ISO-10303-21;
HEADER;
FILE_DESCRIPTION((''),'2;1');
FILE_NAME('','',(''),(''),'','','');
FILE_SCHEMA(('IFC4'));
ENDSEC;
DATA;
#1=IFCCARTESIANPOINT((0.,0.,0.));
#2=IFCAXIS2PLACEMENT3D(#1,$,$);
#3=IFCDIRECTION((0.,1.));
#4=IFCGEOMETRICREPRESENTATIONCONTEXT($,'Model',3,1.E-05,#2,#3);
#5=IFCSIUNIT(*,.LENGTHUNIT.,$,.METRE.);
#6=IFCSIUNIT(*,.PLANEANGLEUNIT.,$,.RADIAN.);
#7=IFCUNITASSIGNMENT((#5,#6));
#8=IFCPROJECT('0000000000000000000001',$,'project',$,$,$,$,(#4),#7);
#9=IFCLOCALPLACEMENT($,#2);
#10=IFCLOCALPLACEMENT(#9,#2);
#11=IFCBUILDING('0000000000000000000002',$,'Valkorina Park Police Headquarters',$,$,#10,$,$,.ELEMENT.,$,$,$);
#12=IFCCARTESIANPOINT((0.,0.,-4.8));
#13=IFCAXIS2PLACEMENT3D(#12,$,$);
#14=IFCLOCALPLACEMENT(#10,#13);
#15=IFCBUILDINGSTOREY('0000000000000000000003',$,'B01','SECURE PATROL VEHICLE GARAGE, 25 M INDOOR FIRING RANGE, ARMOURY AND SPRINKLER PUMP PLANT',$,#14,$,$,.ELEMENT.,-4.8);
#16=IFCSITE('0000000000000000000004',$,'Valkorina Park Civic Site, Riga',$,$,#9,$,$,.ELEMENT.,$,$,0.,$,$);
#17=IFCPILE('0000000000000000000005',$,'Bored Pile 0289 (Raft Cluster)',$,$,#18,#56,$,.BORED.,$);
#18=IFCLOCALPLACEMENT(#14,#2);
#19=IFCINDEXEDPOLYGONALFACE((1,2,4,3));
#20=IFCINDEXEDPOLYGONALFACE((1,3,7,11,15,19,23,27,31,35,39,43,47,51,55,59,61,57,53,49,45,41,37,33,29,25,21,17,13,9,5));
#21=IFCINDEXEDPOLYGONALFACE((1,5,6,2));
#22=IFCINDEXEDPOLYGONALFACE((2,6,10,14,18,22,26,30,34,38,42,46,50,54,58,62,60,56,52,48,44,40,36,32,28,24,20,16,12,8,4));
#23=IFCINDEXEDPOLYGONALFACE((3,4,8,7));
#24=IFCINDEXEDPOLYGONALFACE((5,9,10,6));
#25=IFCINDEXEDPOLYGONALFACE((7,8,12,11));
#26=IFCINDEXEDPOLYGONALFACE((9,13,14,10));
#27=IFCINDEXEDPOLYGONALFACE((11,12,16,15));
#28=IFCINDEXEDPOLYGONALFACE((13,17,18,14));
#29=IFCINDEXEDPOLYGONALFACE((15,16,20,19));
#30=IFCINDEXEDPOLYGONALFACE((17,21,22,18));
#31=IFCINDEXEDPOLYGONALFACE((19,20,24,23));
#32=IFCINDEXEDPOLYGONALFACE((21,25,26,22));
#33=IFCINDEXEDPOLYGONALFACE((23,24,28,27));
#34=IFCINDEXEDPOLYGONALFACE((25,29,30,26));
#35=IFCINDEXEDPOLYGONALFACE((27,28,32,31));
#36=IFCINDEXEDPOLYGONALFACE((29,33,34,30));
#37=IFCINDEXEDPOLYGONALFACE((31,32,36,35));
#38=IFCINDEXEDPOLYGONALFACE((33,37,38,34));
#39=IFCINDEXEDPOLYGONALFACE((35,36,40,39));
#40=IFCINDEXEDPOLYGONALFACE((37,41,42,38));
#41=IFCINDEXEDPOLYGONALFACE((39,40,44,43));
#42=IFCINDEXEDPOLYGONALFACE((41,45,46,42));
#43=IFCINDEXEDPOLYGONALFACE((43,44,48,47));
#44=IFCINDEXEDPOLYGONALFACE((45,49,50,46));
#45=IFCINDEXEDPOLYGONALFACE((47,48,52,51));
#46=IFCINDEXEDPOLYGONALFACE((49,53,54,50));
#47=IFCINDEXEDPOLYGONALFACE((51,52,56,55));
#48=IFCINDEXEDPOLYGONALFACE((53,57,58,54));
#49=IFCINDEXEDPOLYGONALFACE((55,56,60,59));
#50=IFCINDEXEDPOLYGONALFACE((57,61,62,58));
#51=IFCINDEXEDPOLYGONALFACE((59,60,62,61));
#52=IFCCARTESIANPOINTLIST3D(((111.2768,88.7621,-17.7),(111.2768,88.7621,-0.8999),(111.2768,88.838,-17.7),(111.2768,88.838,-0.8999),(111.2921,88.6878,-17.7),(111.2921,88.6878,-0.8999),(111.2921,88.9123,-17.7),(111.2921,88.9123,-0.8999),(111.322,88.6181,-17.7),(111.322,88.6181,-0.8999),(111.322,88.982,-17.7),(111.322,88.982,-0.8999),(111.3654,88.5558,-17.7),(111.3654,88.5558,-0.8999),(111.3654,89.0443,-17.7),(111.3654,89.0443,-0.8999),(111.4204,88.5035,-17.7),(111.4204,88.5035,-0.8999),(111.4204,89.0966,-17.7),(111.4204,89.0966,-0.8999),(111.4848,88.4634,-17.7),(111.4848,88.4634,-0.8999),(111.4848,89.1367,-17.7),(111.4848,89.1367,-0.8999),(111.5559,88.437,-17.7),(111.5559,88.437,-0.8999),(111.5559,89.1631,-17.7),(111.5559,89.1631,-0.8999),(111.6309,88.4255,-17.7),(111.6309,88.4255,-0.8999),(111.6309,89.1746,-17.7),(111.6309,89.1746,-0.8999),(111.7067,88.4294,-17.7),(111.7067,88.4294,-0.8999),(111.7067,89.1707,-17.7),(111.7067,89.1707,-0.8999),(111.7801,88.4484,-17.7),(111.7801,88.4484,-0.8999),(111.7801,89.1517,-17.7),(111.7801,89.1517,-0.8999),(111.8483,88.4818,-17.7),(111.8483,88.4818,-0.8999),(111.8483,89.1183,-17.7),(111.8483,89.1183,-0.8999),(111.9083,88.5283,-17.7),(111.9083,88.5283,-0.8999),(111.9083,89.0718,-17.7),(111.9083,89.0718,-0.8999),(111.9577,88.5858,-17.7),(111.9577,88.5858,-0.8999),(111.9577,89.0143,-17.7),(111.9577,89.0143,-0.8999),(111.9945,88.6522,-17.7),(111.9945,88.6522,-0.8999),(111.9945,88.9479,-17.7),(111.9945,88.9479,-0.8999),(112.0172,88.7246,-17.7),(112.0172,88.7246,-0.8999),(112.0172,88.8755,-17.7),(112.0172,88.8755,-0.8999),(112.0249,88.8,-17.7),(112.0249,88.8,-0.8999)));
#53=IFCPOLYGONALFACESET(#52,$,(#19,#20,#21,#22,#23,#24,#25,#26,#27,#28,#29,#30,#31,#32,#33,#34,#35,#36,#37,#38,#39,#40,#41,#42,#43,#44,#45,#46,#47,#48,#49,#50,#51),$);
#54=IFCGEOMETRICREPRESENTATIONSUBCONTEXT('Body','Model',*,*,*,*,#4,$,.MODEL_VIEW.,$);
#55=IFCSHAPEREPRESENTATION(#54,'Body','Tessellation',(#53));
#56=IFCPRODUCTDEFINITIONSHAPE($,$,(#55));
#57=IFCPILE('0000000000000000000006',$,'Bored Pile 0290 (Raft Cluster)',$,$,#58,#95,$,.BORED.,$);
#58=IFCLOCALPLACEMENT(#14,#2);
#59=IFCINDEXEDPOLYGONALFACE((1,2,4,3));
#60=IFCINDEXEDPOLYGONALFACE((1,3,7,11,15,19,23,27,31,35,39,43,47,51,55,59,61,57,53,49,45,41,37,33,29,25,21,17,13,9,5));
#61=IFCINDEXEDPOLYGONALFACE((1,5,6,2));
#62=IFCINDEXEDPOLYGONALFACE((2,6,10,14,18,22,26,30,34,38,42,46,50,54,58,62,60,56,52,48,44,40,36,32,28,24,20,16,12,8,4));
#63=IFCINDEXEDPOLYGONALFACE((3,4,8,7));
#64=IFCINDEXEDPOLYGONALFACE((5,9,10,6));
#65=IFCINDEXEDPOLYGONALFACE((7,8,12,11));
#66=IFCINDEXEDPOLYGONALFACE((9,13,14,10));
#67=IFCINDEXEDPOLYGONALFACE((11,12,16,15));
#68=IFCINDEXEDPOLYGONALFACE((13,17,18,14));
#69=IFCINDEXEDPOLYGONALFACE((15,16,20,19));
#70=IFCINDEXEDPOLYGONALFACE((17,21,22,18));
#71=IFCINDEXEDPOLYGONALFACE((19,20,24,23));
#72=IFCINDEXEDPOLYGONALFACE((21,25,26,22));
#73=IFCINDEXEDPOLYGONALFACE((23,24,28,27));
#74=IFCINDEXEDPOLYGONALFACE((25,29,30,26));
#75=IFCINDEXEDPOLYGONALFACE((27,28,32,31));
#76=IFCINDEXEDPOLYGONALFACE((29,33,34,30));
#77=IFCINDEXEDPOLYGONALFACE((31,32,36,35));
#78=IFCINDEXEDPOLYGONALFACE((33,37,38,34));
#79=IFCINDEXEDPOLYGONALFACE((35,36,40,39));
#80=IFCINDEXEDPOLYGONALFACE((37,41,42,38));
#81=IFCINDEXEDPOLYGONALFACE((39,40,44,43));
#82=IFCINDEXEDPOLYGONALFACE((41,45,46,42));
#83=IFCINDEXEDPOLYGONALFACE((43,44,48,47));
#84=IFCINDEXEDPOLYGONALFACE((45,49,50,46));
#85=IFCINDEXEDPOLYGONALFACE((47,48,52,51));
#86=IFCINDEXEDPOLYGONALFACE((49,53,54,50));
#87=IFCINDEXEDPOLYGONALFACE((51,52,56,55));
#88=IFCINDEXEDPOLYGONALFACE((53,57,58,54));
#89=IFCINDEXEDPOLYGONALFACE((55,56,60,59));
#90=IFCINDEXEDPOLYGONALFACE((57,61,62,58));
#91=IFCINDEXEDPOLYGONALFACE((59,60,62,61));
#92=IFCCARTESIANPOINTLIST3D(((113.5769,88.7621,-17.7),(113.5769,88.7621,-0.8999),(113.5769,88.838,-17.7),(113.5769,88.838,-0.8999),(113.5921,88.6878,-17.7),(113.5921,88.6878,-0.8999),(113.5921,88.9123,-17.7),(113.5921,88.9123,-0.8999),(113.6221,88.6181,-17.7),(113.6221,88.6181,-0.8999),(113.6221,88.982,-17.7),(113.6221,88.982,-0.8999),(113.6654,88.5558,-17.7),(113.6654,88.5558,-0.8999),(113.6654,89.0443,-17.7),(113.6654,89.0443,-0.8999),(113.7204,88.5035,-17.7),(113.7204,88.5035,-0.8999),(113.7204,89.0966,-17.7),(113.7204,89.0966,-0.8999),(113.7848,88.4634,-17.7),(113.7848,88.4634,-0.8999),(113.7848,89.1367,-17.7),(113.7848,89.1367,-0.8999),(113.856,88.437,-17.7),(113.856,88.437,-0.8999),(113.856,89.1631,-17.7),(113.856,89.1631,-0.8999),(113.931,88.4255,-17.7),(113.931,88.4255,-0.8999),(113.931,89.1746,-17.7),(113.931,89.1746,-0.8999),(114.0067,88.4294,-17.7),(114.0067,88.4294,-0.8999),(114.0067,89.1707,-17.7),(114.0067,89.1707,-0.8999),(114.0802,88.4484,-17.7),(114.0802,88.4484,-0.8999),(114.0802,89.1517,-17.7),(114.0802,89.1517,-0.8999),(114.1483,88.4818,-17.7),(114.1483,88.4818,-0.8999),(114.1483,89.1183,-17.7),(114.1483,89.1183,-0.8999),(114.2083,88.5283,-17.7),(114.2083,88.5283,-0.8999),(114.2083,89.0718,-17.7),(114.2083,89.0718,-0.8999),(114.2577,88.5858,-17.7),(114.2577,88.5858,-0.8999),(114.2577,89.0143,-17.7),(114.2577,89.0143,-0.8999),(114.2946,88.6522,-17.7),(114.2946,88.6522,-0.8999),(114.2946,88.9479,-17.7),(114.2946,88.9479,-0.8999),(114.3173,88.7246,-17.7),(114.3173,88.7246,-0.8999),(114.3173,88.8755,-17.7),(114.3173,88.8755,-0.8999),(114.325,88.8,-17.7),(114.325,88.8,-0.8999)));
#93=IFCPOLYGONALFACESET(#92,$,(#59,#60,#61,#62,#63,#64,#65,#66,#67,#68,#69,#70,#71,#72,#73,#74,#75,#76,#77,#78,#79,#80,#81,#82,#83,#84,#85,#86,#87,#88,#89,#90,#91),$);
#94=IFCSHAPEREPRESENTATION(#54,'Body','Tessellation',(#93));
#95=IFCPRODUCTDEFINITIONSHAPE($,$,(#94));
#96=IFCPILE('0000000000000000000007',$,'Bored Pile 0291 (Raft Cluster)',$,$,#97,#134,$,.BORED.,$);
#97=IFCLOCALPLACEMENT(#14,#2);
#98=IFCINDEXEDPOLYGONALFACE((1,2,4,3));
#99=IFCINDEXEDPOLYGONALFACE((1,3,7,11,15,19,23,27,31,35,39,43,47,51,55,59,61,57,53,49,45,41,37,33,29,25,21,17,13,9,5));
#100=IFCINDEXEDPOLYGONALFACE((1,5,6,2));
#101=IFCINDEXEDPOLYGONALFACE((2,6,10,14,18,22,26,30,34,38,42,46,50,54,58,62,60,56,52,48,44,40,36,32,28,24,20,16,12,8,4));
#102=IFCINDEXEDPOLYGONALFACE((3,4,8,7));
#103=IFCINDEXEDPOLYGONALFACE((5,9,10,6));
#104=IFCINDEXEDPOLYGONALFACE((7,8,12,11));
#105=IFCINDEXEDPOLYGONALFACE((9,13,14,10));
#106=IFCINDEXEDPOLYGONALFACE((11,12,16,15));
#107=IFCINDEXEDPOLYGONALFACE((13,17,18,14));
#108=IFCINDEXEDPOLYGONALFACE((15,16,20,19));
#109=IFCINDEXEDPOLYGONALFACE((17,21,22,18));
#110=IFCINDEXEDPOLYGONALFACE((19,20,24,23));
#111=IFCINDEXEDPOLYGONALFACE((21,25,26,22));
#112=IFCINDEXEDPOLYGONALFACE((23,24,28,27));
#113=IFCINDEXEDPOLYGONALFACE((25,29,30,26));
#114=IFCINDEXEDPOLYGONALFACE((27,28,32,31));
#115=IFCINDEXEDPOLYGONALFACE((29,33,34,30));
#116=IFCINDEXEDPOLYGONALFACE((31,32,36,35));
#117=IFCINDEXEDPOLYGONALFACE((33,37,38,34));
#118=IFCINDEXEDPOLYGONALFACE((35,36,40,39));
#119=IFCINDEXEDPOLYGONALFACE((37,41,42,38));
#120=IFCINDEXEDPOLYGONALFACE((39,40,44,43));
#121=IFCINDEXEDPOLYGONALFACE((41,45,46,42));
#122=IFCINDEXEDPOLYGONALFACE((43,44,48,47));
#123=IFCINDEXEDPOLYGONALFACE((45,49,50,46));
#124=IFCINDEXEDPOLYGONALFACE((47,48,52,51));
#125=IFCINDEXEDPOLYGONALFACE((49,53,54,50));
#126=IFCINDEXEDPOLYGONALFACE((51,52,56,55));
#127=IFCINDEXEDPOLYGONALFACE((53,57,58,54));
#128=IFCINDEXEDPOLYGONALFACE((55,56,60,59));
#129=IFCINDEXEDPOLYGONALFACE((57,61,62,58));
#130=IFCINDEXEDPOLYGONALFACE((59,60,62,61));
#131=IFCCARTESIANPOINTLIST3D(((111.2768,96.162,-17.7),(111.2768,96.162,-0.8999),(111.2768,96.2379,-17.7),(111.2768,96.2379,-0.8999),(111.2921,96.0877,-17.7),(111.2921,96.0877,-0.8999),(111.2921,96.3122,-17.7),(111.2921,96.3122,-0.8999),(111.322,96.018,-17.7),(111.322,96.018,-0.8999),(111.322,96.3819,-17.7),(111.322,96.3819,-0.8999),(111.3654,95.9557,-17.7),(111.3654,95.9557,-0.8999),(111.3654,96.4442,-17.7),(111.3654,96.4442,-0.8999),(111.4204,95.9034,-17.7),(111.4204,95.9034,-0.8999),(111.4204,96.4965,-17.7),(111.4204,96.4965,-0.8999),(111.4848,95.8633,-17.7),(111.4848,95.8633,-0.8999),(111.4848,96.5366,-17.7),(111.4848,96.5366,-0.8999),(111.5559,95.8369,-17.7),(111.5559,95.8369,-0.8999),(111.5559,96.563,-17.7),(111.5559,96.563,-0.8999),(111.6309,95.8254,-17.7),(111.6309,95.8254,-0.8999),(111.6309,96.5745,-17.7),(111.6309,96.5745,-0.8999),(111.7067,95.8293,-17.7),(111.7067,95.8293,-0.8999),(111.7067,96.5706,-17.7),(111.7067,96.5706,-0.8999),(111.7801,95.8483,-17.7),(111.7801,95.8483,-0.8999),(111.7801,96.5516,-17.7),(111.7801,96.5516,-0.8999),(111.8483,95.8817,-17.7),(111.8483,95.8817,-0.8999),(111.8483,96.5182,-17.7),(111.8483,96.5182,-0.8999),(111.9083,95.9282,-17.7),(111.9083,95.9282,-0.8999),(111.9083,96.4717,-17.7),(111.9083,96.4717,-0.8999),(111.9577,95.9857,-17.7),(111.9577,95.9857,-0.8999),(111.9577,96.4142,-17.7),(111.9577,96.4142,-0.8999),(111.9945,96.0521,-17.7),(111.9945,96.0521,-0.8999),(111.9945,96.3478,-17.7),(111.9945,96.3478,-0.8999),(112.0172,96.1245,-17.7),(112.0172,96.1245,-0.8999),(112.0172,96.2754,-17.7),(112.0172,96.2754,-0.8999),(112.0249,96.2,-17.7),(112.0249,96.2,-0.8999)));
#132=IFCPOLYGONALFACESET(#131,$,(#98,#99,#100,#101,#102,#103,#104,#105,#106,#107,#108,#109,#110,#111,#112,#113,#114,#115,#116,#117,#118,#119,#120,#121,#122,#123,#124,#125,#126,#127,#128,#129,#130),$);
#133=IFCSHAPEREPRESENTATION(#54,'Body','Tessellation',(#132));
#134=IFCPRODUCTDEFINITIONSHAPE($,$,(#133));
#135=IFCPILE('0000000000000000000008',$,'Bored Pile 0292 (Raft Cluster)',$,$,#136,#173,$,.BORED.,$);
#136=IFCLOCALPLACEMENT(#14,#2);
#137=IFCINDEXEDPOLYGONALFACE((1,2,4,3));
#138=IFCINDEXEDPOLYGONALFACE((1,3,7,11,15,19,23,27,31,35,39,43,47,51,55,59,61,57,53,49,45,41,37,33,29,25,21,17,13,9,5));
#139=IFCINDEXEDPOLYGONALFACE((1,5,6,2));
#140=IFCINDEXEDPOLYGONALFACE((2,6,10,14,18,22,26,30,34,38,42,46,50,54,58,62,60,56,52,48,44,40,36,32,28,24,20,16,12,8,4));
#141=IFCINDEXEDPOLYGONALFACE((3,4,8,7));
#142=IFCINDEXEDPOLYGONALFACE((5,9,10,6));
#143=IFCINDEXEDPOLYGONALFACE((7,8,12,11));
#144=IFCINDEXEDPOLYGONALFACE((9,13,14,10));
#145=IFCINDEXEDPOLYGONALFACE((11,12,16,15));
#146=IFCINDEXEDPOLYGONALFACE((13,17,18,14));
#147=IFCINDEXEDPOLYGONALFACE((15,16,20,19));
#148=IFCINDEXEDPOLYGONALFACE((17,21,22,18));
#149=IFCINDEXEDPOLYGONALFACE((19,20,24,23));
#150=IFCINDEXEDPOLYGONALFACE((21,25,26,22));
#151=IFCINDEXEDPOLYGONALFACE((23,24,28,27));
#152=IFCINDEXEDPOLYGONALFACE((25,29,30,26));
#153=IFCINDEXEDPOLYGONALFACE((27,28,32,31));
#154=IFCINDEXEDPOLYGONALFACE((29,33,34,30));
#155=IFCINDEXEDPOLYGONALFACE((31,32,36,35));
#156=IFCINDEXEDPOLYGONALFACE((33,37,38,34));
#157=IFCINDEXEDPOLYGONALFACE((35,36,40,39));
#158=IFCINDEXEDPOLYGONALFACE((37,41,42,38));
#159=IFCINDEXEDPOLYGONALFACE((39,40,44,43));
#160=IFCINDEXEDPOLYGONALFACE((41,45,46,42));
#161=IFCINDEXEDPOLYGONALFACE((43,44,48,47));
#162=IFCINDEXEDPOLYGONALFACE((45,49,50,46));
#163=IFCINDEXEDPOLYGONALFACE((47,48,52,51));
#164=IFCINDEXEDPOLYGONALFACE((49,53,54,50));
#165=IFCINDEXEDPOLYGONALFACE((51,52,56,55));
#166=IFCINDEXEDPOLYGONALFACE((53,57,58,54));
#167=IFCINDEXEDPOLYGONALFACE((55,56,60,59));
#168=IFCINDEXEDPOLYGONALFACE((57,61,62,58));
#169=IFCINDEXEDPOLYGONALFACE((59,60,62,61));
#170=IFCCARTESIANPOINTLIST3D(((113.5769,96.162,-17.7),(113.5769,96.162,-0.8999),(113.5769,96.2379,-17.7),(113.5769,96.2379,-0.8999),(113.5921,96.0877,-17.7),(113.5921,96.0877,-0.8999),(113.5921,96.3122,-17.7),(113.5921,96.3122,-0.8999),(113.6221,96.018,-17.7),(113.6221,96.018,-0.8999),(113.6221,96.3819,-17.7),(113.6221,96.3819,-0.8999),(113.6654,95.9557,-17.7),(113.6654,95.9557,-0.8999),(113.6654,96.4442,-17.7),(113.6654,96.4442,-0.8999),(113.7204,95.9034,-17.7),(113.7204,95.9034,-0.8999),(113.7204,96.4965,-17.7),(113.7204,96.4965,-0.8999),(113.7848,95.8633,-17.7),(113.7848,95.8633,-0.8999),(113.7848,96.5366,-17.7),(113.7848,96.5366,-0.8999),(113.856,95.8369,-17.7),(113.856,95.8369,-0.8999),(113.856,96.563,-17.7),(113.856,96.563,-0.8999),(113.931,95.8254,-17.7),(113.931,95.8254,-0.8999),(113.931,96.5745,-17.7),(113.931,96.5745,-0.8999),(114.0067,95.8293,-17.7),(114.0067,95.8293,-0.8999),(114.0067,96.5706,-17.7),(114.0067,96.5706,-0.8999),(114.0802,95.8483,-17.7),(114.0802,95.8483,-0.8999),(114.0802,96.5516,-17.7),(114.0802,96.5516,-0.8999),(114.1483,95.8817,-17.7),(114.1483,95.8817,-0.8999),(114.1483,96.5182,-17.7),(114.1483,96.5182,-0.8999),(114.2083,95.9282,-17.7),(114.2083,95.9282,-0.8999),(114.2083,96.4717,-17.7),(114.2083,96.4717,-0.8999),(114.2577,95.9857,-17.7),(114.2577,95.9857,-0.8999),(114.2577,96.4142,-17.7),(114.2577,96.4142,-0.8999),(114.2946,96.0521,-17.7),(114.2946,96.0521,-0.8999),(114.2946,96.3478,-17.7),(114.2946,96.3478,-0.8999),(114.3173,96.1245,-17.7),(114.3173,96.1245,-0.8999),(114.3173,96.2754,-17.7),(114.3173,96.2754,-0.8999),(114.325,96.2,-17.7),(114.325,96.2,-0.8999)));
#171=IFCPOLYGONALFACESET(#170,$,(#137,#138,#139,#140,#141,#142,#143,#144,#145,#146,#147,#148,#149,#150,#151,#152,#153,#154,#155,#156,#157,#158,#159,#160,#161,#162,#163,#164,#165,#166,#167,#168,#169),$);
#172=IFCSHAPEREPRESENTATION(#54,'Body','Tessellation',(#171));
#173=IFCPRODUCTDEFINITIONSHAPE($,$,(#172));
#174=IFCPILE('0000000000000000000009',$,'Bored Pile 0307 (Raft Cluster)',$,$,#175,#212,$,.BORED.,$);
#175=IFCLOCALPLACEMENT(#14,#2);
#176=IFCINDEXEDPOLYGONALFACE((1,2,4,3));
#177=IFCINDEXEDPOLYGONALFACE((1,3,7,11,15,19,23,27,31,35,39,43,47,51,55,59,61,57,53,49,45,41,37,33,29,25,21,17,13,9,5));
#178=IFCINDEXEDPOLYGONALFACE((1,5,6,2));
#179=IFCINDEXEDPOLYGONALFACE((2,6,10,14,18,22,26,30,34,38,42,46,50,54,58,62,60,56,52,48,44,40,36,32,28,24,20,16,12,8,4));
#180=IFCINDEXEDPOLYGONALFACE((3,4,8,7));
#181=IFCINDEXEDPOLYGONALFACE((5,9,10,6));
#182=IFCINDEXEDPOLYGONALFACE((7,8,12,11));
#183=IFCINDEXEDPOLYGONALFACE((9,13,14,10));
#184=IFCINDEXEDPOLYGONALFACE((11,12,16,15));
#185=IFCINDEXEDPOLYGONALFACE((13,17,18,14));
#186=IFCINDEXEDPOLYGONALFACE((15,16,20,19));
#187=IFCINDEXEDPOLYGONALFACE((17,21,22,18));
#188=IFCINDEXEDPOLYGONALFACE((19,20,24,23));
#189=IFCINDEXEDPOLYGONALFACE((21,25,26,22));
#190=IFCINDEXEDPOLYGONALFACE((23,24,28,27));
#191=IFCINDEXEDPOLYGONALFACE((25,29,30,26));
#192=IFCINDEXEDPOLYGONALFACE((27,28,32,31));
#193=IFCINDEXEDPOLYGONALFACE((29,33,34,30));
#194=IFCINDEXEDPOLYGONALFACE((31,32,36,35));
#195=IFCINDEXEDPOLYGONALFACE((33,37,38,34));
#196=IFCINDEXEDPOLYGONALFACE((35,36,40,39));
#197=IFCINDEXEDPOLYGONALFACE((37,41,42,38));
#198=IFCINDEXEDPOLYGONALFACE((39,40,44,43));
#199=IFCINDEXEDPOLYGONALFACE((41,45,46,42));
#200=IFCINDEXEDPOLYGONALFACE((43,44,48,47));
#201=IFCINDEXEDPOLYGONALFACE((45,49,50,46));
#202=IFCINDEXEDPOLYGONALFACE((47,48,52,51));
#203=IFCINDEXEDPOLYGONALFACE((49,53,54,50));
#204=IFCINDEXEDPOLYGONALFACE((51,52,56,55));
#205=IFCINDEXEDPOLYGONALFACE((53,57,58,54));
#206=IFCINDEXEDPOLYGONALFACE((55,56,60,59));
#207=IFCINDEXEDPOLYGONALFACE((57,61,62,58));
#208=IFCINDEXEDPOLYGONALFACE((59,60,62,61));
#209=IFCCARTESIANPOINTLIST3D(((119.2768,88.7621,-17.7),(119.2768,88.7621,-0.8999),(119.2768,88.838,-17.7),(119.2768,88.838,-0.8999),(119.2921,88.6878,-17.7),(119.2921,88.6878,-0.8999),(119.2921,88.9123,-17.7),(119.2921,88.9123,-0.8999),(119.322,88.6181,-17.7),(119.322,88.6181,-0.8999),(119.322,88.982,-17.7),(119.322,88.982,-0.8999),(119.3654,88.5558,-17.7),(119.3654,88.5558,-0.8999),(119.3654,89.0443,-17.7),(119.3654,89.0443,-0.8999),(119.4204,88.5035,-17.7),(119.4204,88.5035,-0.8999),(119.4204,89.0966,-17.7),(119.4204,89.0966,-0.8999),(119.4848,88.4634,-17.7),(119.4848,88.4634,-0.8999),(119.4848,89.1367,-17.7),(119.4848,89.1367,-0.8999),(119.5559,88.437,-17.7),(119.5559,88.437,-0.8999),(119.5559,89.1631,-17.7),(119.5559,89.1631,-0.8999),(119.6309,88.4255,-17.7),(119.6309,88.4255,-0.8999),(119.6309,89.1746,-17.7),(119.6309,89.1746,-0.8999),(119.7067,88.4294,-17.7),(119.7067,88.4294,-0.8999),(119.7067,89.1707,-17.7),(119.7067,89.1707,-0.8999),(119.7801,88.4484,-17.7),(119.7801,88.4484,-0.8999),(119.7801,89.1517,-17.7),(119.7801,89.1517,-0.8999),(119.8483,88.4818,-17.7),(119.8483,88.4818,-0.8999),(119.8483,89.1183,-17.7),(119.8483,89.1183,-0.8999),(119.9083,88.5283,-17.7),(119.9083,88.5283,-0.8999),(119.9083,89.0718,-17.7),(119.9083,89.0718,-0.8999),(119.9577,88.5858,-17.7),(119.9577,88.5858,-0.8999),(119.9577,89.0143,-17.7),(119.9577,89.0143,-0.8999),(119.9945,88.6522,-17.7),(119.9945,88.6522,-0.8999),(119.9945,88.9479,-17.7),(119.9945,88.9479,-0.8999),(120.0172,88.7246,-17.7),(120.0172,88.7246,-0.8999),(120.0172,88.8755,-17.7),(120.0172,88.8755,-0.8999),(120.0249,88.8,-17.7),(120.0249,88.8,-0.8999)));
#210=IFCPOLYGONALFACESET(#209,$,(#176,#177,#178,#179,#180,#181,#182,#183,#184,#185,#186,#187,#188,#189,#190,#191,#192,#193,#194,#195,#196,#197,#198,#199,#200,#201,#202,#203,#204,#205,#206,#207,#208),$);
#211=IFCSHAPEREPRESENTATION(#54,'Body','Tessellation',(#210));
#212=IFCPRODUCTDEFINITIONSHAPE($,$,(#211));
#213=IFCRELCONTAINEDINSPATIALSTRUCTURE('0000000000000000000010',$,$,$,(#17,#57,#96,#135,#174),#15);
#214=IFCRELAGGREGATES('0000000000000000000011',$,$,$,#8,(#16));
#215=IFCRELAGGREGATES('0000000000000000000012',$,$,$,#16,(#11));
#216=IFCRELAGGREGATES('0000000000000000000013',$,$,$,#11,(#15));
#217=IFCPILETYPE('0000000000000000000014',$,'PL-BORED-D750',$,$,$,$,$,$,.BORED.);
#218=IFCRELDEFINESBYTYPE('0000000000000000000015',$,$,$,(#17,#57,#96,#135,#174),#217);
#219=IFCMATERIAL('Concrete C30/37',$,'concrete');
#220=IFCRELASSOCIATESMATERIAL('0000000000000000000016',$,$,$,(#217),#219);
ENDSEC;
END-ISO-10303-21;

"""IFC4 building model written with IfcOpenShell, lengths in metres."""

from ifc_helpers import new_model, si_unit, direction, frame, origin, origin_2d, place, context, subcontext, project, spatial, circle, extrude, material, material_profile, profile_set, type_object, element, save


model = new_model("IFC4")

# Units and contexts
model_context = context("Model", 3, precision=1e-05, world=origin(), true_north=direction((0.0, 1.0)))
body_context = subcontext(model_context, "Body", "Model", "MODEL_VIEW")
ifc_project = project(units=[si_unit("LENGTHUNIT", "METRE"), si_unit("PLANEANGLEUNIT", "RADIAN")], contexts=[model_context])

# Site, building, storey
site_placement = place(None, origin())
site = spatial("IfcSite", under=ifc_project, at=site_placement, Name="Valkorina Park Civic Site, Riga", CompositionType="ELEMENT", RefElevation=0.0)
building_placement = place(site_placement, origin())
building = spatial("IfcBuilding", under=site, at=building_placement, Name="Valkorina Park Police Headquarters", CompositionType="ELEMENT")
storey_placement = place(building_placement, frame((0.0, 0.0, -4.8)))
storey = spatial("IfcBuildingStorey", under=building, at=storey_placement, Name="B01", Description="SECURE PATROL VEHICLE GARAGE, 25 M INDOOR FIRING RANGE, ARMOURY AND SPRINKLER PUMP PLANT", CompositionType="ELEMENT", Elevation=-4.8)

# Piles
ifc_material_1 = material(Name="Concrete C30/37", Category="concrete")
ifc_material_profile_1 = material_profile(ifc_material_1, circle(Radius=0.375, at=origin_2d()), Name="BORED PILE D750")
ifc_profile_set_1 = profile_set([ifc_material_profile_1], Name="Concrete C30/37")
pile_type_1 = type_object("IfcPileType", Name="PL-BORED-D750", PredefinedType="BORED", material=ifc_profile_set_1)
for number, where, z_axis, x_axis, name in (
    (1, (111.6499, 88.8, -0.8999), (0.0, 0.0, -1.0), (1.0, 0.0, 0.0), "Bored Pile 0289 (Raft Cluster)"),
    (2, (113.95, 88.8, -0.8999), (0.0, 0.0, -1.0), (1.0, 0.0, 0.0), "Bored Pile 0290 (Raft Cluster)"),
    (3, (111.6499, 96.2, -0.8999), (0.0, 0.0, -1.0), (1.0, 0.0, 0.0), "Bored Pile 0291 (Raft Cluster)"),
    (4, (113.95, 96.2, -0.8999), (0.0, 0.0, -1.0), (1.0, 0.0, 0.0), "Bored Pile 0292 (Raft Cluster)"),
    (5, (119.6499, 88.8, -0.8999), (0.0, 0.0, -1.0), (1.0, 0.0, 0.0), "Bored Pile 0307 (Raft Cluster)"),
):
    element("IfcPile", number, at=place(storey_placement, frame(where, z_axis=z_axis, x_axis=x_axis)), inside=storey, type_object=pile_type_1, Name=name, PredefinedType="BORED", context=body_context, shape_type="SweptSolid", body=[
        extrude(circle(Radius=0.375, at=origin_2d()), origin(), (0.0, 0.0, 1.0), 16.8),
    ])

save(model, "model.ifc")
